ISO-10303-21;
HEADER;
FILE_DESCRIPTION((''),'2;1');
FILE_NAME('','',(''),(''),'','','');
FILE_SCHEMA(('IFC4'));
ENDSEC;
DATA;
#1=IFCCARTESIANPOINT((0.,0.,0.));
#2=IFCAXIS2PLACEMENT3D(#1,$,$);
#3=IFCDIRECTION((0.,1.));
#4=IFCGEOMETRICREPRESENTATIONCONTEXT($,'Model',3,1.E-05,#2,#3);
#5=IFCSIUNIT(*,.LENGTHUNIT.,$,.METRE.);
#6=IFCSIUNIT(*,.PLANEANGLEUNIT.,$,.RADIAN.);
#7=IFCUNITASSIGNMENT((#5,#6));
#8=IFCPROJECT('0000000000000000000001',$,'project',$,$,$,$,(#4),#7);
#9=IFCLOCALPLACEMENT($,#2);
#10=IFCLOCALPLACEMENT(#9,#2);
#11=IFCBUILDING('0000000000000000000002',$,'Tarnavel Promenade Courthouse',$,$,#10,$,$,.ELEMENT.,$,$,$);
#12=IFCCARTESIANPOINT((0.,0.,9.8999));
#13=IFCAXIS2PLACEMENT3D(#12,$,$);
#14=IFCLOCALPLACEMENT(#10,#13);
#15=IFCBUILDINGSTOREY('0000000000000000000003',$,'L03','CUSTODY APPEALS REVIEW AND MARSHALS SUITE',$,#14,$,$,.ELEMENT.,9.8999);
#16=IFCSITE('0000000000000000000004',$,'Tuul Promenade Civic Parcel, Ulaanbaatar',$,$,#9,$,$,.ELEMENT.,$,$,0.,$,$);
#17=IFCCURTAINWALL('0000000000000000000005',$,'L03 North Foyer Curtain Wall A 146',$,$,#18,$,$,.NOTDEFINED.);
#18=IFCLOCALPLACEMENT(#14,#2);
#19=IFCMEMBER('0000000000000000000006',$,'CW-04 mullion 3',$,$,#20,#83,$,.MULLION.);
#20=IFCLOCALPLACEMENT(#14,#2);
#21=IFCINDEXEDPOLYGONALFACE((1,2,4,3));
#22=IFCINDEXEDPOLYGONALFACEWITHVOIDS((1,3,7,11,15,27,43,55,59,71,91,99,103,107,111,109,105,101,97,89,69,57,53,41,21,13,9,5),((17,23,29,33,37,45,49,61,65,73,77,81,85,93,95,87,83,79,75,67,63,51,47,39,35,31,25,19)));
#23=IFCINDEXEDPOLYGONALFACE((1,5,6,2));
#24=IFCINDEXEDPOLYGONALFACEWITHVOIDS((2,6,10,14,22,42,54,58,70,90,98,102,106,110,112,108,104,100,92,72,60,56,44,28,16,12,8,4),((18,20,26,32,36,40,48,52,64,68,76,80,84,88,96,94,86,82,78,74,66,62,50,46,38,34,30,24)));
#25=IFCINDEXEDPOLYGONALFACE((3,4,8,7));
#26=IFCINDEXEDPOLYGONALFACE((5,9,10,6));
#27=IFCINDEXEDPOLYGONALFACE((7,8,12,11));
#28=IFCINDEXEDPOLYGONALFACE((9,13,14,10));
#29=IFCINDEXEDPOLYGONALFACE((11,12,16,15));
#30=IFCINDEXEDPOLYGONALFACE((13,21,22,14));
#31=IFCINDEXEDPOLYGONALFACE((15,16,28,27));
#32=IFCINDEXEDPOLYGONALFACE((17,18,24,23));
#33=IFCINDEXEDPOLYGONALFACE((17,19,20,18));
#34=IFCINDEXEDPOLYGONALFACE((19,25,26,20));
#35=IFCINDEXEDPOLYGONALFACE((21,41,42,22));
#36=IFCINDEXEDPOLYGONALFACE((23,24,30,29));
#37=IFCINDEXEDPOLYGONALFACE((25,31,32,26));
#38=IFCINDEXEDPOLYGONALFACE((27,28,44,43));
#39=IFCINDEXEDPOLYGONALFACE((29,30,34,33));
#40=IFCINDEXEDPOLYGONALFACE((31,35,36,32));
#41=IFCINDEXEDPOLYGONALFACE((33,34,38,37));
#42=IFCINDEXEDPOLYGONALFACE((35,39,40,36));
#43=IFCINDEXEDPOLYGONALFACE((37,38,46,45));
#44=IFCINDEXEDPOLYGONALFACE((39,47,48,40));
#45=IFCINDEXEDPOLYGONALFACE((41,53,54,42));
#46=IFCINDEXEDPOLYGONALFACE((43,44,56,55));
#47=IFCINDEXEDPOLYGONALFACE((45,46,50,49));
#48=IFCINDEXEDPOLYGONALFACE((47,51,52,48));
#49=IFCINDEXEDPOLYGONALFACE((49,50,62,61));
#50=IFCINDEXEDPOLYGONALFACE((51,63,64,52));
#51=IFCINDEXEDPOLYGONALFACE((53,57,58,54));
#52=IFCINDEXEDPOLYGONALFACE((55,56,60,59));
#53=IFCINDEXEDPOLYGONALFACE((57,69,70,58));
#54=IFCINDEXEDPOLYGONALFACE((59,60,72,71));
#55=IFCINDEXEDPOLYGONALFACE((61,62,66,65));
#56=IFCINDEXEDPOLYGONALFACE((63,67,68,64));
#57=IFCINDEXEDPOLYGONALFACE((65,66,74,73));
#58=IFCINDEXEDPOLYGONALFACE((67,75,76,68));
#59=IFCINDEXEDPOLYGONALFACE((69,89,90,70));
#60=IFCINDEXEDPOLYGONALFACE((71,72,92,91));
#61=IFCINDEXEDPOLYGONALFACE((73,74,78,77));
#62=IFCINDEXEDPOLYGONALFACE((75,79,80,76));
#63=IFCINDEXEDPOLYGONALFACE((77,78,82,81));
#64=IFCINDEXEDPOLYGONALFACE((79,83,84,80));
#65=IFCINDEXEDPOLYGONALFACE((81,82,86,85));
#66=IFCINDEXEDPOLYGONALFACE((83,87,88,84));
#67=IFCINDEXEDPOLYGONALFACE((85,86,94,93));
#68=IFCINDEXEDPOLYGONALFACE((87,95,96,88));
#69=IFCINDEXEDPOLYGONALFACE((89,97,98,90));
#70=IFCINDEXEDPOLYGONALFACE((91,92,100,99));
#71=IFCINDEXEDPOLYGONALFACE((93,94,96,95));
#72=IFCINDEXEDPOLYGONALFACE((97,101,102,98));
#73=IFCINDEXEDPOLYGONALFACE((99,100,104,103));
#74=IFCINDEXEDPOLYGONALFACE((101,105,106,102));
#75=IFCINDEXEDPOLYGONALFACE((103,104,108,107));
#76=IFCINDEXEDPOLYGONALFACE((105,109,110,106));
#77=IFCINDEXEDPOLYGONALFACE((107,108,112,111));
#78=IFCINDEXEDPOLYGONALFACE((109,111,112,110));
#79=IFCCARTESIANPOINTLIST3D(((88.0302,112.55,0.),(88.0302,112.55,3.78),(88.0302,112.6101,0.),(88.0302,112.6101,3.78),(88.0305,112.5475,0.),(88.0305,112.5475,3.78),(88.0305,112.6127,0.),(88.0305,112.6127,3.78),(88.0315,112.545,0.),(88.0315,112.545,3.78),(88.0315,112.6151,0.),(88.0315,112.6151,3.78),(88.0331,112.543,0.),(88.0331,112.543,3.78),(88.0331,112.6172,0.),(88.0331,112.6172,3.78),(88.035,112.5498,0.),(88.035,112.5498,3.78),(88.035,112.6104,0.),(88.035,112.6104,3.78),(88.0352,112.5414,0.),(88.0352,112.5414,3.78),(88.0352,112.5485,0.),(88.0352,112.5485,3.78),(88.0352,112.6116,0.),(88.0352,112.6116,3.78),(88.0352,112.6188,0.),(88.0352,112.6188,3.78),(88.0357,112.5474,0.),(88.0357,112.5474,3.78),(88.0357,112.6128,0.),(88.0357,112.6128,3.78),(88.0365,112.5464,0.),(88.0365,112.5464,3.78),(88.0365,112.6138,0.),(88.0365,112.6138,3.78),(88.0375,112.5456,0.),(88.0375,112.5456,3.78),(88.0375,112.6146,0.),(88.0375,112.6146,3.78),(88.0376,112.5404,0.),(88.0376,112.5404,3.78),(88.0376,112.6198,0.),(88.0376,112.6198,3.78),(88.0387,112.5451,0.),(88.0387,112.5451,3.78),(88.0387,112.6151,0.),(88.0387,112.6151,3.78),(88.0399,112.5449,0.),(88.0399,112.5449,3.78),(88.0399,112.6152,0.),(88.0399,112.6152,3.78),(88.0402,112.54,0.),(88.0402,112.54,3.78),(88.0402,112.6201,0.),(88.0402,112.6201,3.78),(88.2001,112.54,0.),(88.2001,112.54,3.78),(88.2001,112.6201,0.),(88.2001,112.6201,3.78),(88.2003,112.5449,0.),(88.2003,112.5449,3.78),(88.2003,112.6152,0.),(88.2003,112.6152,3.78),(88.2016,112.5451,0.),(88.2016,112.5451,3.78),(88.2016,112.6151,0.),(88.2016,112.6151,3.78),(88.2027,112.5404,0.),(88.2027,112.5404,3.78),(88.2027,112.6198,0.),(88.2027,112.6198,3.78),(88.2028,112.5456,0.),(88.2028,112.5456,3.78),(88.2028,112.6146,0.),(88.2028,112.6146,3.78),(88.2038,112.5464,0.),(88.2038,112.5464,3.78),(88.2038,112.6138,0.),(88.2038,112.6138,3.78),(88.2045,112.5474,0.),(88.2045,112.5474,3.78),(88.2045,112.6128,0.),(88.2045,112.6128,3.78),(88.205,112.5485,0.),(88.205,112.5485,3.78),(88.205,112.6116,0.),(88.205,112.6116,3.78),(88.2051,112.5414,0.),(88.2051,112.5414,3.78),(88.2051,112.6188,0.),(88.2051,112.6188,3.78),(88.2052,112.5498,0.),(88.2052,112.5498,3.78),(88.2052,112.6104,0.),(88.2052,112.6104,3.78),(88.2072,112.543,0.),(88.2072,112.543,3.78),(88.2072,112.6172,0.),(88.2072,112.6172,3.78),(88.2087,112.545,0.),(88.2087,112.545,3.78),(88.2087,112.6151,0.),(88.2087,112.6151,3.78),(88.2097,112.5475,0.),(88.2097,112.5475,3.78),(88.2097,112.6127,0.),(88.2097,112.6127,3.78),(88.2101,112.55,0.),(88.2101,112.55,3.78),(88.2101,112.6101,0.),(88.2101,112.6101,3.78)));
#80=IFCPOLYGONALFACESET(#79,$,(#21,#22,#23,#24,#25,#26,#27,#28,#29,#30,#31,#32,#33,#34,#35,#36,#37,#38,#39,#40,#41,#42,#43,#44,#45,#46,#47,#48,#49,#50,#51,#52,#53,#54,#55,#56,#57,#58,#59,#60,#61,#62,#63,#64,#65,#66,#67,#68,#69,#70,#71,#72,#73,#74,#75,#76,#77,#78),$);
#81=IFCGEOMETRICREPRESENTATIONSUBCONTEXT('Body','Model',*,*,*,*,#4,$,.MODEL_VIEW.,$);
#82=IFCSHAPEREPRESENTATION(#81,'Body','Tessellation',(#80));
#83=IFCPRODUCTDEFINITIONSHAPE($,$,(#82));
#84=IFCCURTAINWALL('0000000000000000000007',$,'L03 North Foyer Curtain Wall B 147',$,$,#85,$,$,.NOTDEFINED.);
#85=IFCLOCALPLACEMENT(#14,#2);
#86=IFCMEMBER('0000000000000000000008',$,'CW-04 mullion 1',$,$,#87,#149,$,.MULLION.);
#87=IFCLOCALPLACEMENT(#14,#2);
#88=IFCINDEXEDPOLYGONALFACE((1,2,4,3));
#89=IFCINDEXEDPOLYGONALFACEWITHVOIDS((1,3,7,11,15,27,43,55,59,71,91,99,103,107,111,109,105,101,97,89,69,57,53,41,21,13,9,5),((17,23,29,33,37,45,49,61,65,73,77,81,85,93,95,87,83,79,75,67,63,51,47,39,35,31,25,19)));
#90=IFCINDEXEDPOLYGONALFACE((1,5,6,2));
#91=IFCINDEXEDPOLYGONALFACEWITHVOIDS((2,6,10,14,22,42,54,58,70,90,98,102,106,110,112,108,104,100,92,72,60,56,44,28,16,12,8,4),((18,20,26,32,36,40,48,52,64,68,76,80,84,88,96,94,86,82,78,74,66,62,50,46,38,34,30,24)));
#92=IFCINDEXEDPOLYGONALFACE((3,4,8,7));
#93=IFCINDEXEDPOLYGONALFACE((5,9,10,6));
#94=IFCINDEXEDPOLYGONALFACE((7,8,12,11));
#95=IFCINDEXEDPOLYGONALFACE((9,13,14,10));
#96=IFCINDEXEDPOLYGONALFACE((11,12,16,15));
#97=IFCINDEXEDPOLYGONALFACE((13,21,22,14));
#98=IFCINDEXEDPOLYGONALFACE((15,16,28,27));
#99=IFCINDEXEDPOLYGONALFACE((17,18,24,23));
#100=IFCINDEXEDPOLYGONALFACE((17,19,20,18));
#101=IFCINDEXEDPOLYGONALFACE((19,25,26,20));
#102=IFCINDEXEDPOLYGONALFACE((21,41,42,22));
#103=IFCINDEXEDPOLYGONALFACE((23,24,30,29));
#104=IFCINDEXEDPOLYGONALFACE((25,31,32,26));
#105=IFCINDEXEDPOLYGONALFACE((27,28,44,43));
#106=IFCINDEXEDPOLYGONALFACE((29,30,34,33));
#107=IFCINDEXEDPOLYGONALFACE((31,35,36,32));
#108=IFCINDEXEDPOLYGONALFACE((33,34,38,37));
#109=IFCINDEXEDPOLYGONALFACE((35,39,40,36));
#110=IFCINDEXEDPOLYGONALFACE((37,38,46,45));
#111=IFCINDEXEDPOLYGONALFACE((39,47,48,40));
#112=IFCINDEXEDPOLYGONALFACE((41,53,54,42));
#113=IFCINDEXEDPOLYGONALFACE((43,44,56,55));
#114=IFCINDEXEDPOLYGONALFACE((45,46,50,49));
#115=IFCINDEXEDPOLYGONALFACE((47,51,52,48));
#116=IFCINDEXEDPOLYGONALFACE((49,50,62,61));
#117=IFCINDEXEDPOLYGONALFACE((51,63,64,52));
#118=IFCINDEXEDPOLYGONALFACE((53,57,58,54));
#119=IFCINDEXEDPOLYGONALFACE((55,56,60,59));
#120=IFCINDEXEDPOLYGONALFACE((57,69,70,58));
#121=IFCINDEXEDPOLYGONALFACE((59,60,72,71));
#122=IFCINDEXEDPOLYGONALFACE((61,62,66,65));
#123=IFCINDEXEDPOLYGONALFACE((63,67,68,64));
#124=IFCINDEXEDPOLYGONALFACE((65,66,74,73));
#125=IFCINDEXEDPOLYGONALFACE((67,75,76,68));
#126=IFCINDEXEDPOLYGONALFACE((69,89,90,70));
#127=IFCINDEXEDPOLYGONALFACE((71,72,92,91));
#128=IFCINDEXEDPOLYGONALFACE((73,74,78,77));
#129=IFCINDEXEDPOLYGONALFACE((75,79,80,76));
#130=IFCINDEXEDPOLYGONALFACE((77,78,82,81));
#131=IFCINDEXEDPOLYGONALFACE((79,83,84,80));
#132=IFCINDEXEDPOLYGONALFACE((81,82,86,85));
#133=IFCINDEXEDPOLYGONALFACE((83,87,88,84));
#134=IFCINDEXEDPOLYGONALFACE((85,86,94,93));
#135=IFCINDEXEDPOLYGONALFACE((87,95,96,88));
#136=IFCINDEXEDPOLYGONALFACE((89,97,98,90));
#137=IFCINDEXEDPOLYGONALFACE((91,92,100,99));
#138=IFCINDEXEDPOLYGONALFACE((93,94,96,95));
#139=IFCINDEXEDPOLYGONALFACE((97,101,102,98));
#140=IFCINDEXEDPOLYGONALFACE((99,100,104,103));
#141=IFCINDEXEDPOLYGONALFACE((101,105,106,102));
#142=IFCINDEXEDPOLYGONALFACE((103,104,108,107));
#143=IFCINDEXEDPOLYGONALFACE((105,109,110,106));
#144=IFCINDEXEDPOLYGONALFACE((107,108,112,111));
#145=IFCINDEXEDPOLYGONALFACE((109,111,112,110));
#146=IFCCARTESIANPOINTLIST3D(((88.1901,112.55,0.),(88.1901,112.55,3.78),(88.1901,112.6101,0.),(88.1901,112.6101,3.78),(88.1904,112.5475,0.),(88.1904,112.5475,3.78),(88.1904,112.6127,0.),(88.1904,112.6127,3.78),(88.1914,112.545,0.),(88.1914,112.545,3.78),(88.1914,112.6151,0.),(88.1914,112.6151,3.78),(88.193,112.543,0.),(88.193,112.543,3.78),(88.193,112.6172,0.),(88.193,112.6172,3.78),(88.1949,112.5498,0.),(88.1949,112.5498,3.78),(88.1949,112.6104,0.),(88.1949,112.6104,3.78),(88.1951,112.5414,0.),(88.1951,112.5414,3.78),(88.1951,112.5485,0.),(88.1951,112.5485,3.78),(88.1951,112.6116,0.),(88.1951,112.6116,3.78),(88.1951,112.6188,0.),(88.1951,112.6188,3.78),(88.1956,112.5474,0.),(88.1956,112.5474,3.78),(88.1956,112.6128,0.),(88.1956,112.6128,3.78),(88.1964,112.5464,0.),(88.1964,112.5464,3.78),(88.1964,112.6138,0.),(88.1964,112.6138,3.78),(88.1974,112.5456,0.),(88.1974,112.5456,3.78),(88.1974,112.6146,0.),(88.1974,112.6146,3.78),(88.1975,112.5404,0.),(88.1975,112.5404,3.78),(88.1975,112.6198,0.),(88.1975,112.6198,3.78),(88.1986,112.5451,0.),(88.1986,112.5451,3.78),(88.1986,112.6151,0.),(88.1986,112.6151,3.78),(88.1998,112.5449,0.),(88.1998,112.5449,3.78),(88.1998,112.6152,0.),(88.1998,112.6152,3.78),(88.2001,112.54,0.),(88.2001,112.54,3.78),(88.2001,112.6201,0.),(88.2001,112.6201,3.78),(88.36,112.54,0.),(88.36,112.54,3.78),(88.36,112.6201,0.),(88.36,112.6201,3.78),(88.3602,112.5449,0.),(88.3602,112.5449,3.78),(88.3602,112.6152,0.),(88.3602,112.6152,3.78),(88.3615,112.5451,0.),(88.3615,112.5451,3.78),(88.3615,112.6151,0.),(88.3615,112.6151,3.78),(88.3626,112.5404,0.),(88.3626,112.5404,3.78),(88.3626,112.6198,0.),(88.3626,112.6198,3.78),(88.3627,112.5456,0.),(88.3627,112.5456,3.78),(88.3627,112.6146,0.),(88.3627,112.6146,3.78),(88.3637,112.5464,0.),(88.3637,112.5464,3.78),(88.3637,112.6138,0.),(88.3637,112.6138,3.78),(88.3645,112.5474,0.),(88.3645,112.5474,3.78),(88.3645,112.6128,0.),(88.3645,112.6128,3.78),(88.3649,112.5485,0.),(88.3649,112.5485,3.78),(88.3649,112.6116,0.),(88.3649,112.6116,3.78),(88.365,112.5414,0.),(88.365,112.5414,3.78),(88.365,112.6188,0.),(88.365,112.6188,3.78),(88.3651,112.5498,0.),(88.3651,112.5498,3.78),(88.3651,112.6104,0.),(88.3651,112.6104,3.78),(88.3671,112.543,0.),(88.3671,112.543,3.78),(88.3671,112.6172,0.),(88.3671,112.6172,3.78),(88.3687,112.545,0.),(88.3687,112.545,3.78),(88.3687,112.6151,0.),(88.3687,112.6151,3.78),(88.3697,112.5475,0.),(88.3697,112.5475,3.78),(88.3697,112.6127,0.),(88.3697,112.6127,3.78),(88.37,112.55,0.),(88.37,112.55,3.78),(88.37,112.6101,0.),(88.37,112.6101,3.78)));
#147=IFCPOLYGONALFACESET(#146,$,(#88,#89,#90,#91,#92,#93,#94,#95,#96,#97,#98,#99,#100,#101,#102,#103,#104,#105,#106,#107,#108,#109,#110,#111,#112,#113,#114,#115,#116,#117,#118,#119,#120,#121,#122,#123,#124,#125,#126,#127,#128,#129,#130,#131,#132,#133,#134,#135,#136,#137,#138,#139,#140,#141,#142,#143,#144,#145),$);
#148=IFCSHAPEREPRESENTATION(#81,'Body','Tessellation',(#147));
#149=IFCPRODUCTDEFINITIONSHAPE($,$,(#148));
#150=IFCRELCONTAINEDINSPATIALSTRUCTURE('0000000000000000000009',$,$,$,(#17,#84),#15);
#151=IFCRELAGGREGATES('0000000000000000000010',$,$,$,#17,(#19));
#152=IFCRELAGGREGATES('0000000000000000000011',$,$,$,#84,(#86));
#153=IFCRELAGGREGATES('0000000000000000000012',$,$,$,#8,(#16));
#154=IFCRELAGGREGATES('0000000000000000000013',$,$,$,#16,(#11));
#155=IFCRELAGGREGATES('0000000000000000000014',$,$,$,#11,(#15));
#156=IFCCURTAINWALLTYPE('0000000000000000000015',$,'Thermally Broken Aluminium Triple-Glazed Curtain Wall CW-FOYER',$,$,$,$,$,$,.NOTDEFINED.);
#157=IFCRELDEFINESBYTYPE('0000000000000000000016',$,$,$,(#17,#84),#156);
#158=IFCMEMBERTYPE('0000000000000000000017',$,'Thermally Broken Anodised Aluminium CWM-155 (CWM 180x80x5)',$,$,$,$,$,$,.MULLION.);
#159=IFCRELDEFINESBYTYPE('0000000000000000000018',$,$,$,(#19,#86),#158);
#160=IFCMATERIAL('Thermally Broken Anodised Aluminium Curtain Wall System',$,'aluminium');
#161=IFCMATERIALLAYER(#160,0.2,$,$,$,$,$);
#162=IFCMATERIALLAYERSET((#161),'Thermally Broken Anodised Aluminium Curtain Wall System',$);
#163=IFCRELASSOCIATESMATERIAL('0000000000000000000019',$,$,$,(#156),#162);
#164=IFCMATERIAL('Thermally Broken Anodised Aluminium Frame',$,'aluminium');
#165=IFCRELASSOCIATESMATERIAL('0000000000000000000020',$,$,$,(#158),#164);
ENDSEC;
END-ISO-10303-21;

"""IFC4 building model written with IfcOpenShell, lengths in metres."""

from ifc_helpers import new_model, si_unit, direction, frame, origin, origin_2d, place, context, subcontext, project, spatial, hollow_rectangle, extrude, material, layer, layer_set, material_profile, profile_set, type_object, element, aggregate, save


model = new_model("IFC4")

# Units and contexts
model_context = context("Model", 3, precision=1e-05, world=origin(), true_north=direction((0.0, 1.0)))
body_context = subcontext(model_context, "Body", "Model", "MODEL_VIEW")
ifc_project = project(units=[si_unit("LENGTHUNIT", "METRE"), si_unit("PLANEANGLEUNIT", "RADIAN")], contexts=[model_context])

# Site, building, storey
site_placement = place(None, origin())
site = spatial("IfcSite", under=ifc_project, at=site_placement, Name="Tuul Promenade Civic Parcel, Ulaanbaatar", CompositionType="ELEMENT", RefElevation=0.0)
building_placement = place(site_placement, origin())
building = spatial("IfcBuilding", under=site, at=building_placement, Name="Tarnavel Promenade Courthouse", CompositionType="ELEMENT")
storey_placement = place(building_placement, frame((0.0, 0.0, 9.8999)))
storey = spatial("IfcBuildingStorey", under=building, at=storey_placement, Name="L03", Description="CUSTODY APPEALS REVIEW AND MARSHALS SUITE", CompositionType="ELEMENT", Elevation=9.8999)

# Curtain walls, members
ifc_material_1 = material(Name="Thermally Broken Anodised Aluminium Curtain Wall System", Category="aluminium")
ifc_layer_1 = layer(ifc_material_1, 0.2)
ifc_layer_set_1 = layer_set([ifc_layer_1], Name="Thermally Broken Anodised Aluminium Curtain Wall System")
curtain_wall_type = type_object("IfcCurtainWallType", Name="Thermally Broken Aluminium Triple-Glazed Curtain Wall CW-FOYER", PredefinedType="NOTDEFINED", material=ifc_layer_set_1)
curtain_wall_1_placement = place(storey_placement, origin())
curtain_wall_1 = element("IfcCurtainWall", 1, at=curtain_wall_1_placement, inside=storey, type_object=curtain_wall_type, Name="L03 North Foyer Curtain Wall A 146", PredefinedType="NOTDEFINED")
ifc_material_2 = material(Name="Thermally Broken Anodised Aluminium Frame", Category="aluminium")
ifc_material_profile_1 = material_profile(ifc_material_2, hollow_rectangle(XDim=0.0801, YDim=0.1799, WallThickness=0.0049, InnerFilletRadius=0.0049, OuterFilletRadius=0.01, at=origin_2d()), Name="CWM 180x80x5")
ifc_profile_set_1 = profile_set([ifc_material_profile_1], Name="Thermally Broken Anodised Aluminium Frame")
member_type_1 = type_object("IfcMemberType", Name="Thermally Broken Anodised Aluminium CWM-155 (CWM 180x80x5)", PredefinedType="MULLION", material=ifc_profile_set_1)
member_1_placement = place(storey_placement, frame((88.1201, 112.5801, 0.0), z_axis=(0.0, 0.0, 1.0), x_axis=(0.0, 1.0, 0.0)))
member_1 = element("IfcMember", 2, at=member_1_placement, type_object=member_type_1, Name="CW-04 mullion 3", PredefinedType="MULLION", context=body_context, shape_type="SweptSolid", body=[
    extrude(hollow_rectangle(XDim=0.0801, YDim=0.1799, WallThickness=0.0049, InnerFilletRadius=0.0049, OuterFilletRadius=0.01, at=origin_2d()), origin(), (0.0, 0.0, 1.0), 3.78),
])
curtain_wall_2_placement = place(storey_placement, origin())
curtain_wall_2 = element("IfcCurtainWall", 3, at=curtain_wall_2_placement, inside=storey, type_object=curtain_wall_type, Name="L03 North Foyer Curtain Wall B 147", PredefinedType="NOTDEFINED")
member_2_placement = place(storey_placement, frame((88.28, 112.5801, 0.0), z_axis=(0.0, 0.0, 1.0), x_axis=(0.0, 1.0, 0.0)))
member_2 = element("IfcMember", 4, at=member_2_placement, type_object=member_type_1, Name="CW-04 mullion 1", PredefinedType="MULLION", context=body_context, shape_type="SweptSolid", body=[
    extrude(hollow_rectangle(XDim=0.0801, YDim=0.1799, WallThickness=0.0049, InnerFilletRadius=0.0049, OuterFilletRadius=0.01, at=origin_2d()), origin(), (0.0, 0.0, 1.0), 3.78),
])

aggregate(curtain_wall_1, [member_1])
aggregate(curtain_wall_2, [member_2])

save(model, "model.ifc")
